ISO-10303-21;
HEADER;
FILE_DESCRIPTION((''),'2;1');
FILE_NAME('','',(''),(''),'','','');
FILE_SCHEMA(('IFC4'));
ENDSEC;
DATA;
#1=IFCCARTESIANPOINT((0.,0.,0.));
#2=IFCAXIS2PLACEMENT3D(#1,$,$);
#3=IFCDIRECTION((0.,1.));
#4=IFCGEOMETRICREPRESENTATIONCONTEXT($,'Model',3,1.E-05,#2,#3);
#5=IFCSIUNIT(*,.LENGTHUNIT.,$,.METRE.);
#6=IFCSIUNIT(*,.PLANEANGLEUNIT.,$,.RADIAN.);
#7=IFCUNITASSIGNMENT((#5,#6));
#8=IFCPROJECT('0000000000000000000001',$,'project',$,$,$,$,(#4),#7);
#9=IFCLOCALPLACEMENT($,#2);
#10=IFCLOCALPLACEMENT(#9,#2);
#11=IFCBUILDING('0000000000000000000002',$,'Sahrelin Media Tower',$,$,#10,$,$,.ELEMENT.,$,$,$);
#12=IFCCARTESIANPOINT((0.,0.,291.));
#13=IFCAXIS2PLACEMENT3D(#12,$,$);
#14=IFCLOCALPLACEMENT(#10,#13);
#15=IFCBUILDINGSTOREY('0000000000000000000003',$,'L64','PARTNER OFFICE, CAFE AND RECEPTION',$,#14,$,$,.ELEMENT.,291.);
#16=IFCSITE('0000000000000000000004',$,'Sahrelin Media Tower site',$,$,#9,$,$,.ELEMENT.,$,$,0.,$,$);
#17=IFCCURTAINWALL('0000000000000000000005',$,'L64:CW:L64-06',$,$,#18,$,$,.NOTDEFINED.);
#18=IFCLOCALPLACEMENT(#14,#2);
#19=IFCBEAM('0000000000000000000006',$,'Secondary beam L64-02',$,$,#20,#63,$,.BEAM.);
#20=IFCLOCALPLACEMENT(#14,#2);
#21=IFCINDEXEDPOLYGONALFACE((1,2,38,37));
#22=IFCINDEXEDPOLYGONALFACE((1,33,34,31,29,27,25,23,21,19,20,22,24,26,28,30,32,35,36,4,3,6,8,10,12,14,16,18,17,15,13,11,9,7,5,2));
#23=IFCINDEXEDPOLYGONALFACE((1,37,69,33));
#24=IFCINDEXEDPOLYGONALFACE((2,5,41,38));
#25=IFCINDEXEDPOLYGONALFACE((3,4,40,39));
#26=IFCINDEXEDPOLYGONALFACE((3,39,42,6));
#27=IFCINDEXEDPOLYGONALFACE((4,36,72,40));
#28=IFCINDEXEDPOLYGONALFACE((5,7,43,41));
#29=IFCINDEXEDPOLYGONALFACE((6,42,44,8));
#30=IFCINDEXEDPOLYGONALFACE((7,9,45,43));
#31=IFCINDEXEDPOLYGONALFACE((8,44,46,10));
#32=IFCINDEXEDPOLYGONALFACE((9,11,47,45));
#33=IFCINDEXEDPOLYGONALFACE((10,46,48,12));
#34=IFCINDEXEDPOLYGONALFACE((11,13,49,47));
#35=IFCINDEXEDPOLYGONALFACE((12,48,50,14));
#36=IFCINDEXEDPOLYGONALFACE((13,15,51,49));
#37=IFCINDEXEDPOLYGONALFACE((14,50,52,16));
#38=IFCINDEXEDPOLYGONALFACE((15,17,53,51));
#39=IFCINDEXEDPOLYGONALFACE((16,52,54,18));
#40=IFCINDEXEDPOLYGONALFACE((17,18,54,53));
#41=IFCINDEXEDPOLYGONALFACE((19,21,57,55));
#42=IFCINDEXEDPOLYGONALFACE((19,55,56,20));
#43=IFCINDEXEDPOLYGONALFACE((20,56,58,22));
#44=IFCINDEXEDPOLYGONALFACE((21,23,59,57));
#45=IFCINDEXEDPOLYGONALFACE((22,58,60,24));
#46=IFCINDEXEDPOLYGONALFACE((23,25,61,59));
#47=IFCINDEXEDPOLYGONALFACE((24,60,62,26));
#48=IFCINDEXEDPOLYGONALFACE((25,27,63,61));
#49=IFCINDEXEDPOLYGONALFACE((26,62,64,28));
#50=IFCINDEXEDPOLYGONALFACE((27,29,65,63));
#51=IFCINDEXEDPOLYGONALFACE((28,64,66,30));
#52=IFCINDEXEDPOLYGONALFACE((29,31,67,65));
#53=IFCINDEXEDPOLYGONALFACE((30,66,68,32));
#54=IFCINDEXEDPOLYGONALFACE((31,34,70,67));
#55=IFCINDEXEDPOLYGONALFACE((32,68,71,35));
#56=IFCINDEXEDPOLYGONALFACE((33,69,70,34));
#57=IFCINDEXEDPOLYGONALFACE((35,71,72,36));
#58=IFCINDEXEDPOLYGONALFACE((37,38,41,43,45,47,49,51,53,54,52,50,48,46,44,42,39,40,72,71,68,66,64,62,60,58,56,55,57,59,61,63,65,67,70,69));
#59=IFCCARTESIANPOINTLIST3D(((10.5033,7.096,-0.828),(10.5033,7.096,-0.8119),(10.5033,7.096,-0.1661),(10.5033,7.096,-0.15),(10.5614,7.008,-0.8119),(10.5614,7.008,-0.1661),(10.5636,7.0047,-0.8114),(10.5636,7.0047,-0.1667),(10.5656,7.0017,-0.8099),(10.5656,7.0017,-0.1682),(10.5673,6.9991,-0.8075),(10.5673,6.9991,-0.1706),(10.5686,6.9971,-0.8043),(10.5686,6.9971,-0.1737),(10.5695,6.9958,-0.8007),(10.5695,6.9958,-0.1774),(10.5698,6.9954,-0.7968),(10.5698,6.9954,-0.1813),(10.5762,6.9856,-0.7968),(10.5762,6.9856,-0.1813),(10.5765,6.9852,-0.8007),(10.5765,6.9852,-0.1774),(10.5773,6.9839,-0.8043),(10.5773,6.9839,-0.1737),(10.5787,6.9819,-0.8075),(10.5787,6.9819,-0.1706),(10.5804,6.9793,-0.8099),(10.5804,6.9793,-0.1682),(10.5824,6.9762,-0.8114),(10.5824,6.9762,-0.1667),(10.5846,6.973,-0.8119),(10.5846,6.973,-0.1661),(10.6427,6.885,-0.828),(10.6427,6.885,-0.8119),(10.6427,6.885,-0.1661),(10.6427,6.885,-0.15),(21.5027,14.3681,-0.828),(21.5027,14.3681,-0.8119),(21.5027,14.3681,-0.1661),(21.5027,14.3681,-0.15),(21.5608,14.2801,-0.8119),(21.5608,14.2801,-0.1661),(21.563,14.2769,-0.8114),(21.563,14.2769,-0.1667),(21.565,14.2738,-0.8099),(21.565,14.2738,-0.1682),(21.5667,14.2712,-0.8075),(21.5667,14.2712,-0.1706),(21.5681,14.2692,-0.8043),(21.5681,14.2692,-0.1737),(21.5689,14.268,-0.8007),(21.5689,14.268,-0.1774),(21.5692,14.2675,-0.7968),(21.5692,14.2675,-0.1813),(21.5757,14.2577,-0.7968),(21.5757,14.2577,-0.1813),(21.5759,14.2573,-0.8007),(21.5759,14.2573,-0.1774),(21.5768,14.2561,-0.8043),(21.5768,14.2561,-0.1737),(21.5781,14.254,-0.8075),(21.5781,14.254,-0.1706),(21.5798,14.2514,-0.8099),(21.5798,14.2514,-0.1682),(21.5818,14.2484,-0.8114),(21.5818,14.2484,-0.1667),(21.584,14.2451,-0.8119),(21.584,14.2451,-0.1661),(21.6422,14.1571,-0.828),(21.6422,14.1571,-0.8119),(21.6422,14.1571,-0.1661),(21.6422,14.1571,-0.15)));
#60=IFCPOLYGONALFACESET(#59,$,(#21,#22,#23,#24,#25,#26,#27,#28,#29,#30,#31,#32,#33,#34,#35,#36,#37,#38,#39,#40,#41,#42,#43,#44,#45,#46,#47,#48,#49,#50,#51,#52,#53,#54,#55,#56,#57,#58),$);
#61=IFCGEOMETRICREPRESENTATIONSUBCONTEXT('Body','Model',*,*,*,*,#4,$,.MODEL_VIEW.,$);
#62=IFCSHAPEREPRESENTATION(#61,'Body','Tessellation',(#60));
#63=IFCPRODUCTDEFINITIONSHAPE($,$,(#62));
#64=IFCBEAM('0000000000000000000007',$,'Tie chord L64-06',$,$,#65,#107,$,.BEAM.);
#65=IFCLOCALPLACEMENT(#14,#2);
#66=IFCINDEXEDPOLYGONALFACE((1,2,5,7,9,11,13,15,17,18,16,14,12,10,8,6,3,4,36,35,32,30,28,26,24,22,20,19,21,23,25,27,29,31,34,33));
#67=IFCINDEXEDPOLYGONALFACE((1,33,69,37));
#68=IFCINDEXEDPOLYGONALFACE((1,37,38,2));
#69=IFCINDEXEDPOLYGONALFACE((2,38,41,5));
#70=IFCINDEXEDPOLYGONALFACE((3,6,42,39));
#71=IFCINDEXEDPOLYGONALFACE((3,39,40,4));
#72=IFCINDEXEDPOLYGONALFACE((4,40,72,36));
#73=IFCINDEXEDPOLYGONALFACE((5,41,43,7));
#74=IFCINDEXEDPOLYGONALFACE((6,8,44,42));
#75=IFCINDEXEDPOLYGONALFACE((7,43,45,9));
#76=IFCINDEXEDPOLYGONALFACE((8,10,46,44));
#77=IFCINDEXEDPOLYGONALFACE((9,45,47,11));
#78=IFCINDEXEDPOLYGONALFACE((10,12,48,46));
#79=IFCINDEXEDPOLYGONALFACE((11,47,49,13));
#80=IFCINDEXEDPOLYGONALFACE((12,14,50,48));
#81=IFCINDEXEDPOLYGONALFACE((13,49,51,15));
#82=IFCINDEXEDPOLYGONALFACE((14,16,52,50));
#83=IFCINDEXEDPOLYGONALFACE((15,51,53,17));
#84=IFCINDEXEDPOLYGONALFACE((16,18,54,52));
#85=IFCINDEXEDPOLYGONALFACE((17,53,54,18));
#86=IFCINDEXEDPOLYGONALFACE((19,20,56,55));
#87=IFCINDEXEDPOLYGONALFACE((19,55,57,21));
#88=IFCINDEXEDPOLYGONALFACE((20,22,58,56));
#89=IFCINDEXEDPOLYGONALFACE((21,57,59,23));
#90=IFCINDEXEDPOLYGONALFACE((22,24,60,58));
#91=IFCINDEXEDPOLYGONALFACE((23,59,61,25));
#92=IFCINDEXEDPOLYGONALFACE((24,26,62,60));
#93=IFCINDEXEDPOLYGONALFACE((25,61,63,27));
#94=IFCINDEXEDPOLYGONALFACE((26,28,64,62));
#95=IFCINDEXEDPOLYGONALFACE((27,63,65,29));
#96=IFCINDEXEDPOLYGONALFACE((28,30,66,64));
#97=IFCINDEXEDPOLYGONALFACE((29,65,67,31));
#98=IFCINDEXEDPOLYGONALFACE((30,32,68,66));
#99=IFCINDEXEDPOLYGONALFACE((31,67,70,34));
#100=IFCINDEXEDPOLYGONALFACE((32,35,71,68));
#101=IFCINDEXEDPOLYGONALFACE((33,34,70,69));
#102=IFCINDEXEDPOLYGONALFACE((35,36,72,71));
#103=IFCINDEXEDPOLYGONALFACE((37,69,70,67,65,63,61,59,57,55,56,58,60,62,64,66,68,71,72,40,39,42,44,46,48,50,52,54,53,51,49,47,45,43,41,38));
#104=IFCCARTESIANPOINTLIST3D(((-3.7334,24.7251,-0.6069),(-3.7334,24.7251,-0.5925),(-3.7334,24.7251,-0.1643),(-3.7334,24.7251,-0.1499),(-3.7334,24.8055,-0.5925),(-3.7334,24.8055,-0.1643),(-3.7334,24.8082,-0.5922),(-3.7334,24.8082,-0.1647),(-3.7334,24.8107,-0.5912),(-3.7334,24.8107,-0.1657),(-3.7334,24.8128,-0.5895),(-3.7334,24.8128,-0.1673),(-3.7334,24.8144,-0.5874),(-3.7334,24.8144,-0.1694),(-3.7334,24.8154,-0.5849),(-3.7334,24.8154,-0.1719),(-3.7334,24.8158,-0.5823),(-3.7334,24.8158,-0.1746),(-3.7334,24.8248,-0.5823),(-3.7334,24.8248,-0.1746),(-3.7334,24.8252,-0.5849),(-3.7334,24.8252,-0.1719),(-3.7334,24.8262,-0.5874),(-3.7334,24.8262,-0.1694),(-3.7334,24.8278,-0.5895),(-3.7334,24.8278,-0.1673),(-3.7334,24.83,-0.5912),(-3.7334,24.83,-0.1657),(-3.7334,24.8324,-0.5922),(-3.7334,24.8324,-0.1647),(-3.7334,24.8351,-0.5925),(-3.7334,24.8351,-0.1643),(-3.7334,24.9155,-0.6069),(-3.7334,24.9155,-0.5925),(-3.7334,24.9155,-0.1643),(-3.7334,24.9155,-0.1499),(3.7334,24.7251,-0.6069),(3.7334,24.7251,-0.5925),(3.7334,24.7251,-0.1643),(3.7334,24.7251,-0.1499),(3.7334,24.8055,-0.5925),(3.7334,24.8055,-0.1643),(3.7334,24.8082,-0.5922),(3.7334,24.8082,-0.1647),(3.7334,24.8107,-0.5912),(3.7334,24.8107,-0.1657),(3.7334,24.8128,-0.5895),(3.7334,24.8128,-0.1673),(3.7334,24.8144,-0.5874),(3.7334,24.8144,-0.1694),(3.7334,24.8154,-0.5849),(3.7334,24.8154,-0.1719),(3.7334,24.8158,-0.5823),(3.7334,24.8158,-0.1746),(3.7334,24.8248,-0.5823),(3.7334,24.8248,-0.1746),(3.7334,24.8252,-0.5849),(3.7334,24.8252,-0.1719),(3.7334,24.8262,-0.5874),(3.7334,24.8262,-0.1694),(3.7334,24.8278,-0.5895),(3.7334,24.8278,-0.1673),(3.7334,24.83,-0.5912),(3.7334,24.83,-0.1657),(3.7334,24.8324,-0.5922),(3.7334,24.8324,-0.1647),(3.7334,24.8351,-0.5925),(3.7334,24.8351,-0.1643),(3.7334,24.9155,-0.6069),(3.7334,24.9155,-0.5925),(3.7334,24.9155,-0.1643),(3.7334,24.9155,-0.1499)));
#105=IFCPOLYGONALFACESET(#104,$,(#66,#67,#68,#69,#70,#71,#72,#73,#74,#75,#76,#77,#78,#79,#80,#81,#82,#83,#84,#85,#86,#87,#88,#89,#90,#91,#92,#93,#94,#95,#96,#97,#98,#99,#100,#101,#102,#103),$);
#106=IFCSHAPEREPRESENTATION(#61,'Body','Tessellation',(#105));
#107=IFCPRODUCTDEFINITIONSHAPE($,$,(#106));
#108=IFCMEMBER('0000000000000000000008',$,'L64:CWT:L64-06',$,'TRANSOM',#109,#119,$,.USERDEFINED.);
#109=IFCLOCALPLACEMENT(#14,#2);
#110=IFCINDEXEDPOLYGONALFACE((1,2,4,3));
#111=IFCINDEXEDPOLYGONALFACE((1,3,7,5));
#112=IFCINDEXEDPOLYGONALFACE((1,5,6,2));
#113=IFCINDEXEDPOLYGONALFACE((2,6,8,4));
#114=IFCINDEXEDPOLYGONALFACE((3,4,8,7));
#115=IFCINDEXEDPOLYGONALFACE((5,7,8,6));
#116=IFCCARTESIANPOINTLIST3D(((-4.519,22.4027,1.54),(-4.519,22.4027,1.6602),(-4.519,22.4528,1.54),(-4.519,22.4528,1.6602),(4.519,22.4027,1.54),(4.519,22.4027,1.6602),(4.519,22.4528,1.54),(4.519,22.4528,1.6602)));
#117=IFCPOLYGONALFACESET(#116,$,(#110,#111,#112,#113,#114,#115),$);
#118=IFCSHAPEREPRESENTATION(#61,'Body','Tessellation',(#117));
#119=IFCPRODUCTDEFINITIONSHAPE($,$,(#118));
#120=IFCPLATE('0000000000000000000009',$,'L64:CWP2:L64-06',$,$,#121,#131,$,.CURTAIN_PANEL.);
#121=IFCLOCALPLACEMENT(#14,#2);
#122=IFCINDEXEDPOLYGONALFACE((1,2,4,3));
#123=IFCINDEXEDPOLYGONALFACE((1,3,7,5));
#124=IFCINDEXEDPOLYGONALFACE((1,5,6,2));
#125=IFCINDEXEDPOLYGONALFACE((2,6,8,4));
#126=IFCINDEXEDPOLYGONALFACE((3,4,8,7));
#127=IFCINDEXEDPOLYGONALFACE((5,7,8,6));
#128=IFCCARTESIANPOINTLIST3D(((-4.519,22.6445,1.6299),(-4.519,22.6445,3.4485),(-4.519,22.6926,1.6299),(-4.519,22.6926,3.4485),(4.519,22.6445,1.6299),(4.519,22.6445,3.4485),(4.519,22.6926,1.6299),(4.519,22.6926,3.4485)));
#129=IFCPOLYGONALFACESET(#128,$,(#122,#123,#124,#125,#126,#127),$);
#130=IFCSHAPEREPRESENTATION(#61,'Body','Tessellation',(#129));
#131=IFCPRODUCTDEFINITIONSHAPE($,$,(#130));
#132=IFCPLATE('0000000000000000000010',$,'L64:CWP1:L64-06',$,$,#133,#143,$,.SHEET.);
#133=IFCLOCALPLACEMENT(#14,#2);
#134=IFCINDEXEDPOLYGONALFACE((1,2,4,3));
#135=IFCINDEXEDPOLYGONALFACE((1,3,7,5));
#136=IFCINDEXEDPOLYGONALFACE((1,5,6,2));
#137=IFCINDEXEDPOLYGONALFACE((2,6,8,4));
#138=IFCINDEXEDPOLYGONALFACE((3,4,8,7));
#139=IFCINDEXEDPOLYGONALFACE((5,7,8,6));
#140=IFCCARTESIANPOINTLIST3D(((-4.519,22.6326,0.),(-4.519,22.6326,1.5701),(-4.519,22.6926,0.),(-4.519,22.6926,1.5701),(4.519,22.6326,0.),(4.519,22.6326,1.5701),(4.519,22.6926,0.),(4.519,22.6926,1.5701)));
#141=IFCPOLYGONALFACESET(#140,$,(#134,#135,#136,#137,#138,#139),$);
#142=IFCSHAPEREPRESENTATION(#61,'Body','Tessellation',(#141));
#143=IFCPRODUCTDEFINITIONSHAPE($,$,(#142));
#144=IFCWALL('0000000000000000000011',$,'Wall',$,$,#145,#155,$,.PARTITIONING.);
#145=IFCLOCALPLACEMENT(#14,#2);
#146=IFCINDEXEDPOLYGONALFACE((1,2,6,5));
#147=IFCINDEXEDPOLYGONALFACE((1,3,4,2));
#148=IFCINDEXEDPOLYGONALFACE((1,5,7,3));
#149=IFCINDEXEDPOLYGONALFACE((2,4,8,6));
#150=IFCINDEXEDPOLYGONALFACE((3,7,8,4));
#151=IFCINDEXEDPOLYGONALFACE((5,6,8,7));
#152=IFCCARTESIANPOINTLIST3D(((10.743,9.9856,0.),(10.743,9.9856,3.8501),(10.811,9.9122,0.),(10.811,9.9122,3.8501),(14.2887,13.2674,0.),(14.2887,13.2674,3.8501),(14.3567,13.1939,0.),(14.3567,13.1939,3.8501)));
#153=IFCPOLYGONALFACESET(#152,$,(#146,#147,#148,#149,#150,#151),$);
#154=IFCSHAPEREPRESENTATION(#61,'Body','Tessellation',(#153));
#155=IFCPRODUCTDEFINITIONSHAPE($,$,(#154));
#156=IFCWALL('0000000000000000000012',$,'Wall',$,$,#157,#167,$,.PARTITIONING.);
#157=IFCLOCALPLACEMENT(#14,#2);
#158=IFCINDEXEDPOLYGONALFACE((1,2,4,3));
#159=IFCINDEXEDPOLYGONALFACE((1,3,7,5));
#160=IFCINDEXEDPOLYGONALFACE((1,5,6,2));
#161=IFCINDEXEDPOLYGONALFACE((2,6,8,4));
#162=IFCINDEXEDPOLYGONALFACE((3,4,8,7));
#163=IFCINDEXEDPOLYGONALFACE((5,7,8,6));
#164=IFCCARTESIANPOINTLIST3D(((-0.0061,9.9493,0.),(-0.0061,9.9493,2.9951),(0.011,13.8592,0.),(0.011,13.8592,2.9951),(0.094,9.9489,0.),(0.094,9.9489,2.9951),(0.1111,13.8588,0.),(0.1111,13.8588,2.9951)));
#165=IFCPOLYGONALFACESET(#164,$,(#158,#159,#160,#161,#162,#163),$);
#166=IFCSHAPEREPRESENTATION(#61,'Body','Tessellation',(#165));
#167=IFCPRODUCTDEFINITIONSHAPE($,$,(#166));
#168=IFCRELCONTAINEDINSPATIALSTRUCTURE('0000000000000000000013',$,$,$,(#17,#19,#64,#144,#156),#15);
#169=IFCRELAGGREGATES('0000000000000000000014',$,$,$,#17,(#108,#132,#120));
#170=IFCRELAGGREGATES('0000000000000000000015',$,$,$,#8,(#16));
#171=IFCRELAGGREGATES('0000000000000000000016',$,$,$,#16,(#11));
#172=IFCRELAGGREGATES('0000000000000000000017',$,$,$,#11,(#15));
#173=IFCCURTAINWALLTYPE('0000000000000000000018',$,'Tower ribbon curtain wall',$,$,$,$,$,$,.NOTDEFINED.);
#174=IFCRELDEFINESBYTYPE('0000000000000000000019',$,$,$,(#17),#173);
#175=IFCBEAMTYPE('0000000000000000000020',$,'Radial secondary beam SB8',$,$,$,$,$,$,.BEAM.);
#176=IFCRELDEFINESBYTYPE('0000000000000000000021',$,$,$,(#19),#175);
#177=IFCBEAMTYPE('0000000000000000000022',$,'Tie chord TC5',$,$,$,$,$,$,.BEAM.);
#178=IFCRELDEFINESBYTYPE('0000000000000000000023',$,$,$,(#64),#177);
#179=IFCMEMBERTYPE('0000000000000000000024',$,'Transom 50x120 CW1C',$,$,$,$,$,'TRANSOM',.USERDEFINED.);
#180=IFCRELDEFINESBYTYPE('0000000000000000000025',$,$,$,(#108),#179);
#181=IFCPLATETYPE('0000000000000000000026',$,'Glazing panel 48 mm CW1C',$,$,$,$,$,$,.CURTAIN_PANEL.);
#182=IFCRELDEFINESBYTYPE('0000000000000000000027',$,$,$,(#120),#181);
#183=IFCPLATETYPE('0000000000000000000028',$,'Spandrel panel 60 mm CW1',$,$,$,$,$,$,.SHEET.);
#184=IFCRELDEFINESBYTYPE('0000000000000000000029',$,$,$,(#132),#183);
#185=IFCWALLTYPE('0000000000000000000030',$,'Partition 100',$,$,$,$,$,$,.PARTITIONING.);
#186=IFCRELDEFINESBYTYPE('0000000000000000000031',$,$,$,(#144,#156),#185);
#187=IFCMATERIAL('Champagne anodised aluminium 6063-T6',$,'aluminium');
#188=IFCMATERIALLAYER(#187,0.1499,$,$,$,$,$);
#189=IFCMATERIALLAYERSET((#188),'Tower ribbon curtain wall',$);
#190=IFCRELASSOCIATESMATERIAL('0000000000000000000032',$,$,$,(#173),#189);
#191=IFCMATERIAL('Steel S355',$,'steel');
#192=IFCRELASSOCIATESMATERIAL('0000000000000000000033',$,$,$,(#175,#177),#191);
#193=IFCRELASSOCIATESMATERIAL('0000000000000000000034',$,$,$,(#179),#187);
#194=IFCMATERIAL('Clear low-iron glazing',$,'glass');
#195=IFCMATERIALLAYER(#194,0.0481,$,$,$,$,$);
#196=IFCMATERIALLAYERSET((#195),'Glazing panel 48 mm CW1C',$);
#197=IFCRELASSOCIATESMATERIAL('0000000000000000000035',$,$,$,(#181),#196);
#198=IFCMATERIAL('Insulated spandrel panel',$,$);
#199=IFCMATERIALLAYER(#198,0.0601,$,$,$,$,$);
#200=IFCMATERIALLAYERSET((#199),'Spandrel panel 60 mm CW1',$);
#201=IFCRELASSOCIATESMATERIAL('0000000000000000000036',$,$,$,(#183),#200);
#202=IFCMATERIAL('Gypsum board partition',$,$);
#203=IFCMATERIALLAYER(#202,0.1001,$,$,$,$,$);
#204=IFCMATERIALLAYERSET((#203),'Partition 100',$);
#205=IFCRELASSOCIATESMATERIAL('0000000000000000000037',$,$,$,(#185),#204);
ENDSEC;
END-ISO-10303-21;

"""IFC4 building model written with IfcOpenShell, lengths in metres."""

from ifc_helpers import new_model, si_unit, direction, frame, frame_2d, origin, origin_2d, place, context, subcontext, project, spatial, polyline, rectangle, i_section, outline, extrude, material, layer, layer_set, material_profile, profile_set, type_object, element, aggregate, save


model = new_model("IFC4")

# Units and contexts
model_context = context("Model", 3, precision=1e-05, world=origin(), true_north=direction((0.0, 1.0)))
body_context = subcontext(model_context, "Body", "Model", "MODEL_VIEW")
ifc_project = project(units=[si_unit("LENGTHUNIT", "METRE"), si_unit("PLANEANGLEUNIT", "RADIAN")], contexts=[model_context])

# Site, building, storey
site_placement = place(None, origin())
site = spatial("IfcSite", under=ifc_project, at=site_placement, Name="Sahrelin Media Tower site", CompositionType="ELEMENT", RefElevation=0.0)
building_placement = place(site_placement, origin())
building = spatial("IfcBuilding", under=site, at=building_placement, Name="Sahrelin Media Tower", CompositionType="ELEMENT")
storey_placement = place(building_placement, frame((0.0, 0.0, 291.0)))
storey = spatial("IfcBuildingStorey", under=building, at=storey_placement, Name="L64", Description="PARTNER OFFICE, CAFE AND RECEPTION", CompositionType="ELEMENT", Elevation=291.0)

# Shared definitions
ifc_material_1 = material(Name="Steel S355", Category="steel")

# Curtain wall
ifc_material_2 = material(Name="Champagne anodised aluminium 6063-T6", Category="aluminium")
ifc_layer_1 = layer(ifc_material_2, 0.1499)
ifc_layer_set_1 = layer_set([ifc_layer_1], Name="Tower ribbon curtain wall")
curtain_wall_type = type_object("IfcCurtainWallType", Name="Tower ribbon curtain wall", PredefinedType="NOTDEFINED", material=ifc_layer_set_1)
placement_1 = place(storey_placement, frame((0.0, 22.6726, 0.0), z_axis=(0.0, 0.0, 1.0), x_axis=(1.0, 0.0, 0.0)))
curtain_wall_1 = element("IfcCurtainWall", 1, at=placement_1, inside=storey, type_object=curtain_wall_type, Name="L64:CW:L64-06", PredefinedType="NOTDEFINED")

# Beams
ifc_material_profile_1 = material_profile(ifc_material_1, i_section(OverallWidth=0.2529, OverallDepth=0.678, WebThickness=0.0117, FlangeThickness=0.0161, FilletRadius=0.0151, at=origin_2d()), Name="UB 686x254x125")
ifc_profile_set_1 = profile_set([ifc_material_profile_1], Name="Steel S355")
beam_type_1 = type_object("IfcBeamType", Name="Radial secondary beam SB8", PredefinedType="BEAM", material=ifc_profile_set_1)
beam_1_placement = place(storey_placement, frame((10.573, 6.9905, -0.489), z_axis=(0.834172, 0.551504, 0.0), x_axis=(-0.551504, 0.834172, 0.0)))
element("IfcBeam", 2, at=beam_1_placement, inside=storey, type_object=beam_type_1, Name="Secondary beam L64-02", PredefinedType="BEAM", context=body_context, shape_type="SweptSolid", body=[
    extrude(i_section(OverallWidth=0.2529, OverallDepth=0.678, WebThickness=0.0117, FlangeThickness=0.0161, FilletRadius=0.0151, at=origin_2d()), origin(), (0.0, 0.0, 1.0), 13.186),
])
ifc_material_profile_2 = material_profile(ifc_material_1, i_section(OverallWidth=0.1904, OverallDepth=0.457, WebThickness=0.009, FlangeThickness=0.0144, FilletRadius=0.0103, at=origin_2d()), Name="UB 457x191x74")
ifc_profile_set_2 = profile_set([ifc_material_profile_2], Name="Steel S355")
beam_type_2 = type_object("IfcBeamType", Name="Tie chord TC5", PredefinedType="BEAM", material=ifc_profile_set_2)
beam_2_placement = place(storey_placement, frame((3.7334, 24.8203, -0.3784), z_axis=(-1.0, 0.0, 0.0), x_axis=(0.0, -1.0, 0.0)))
element("IfcBeam", 3, at=beam_2_placement, inside=storey, type_object=beam_type_2, Name="Tie chord L64-06", PredefinedType="BEAM", context=body_context, shape_type="SweptSolid", body=[
    extrude(i_section(OverallWidth=0.1904, OverallDepth=0.457, WebThickness=0.009, FlangeThickness=0.0144, FilletRadius=0.0103, at=origin_2d()), origin(), (0.0, 0.0, 1.0), 7.4668),
])

# Member
ifc_material_profile_3 = material_profile(ifc_material_2, rectangle(XDim=0.05, YDim=0.1201, at=origin_2d()), Name="Transom 50x120")
ifc_profile_set_3 = profile_set([ifc_material_profile_3], Name="Champagne anodised aluminium 6063-T6")
member_type_1 = type_object("IfcMemberType", Name="Transom 50x120 CW1C", ElementType="TRANSOM", PredefinedType="USERDEFINED", material=ifc_profile_set_3)
member_1_placement = place(storey_placement, frame((4.519, 22.4277, 1.6001), z_axis=(-1.0, 0.0, 0.0), x_axis=(0.0, -1.0, 0.0)))
member_1 = element("IfcMember", 4, at=member_1_placement, type_object=member_type_1, Name="L64:CWT:L64-06", ObjectType="TRANSOM", PredefinedType="USERDEFINED", context=body_context, shape_type="SweptSolid", body=[
    extrude(rectangle(XDim=0.05, YDim=0.1201, at=origin_2d()), origin(), (0.0, 0.0, 1.0), 9.0381),
])

# Plates
ifc_material_3 = material(Name="Clear low-iron glazing", Category="glass")
ifc_layer_2 = layer(ifc_material_3, 0.0481)
ifc_layer_set_2 = layer_set([ifc_layer_2], Name="Glazing panel 48 mm CW1C")
plate_type_1 = type_object("IfcPlateType", Name="Glazing panel 48 mm CW1C", PredefinedType="CURTAIN_PANEL", material=ifc_layer_set_2)
plate_1_placement = place(storey_placement, frame((4.519, 22.6926, 1.6299), z_axis=(0.0, 1.0, 0.0), x_axis=(-1.0, 0.0, 0.0)))
plate_1 = element("IfcPlate", 5, at=plate_1_placement, type_object=plate_type_1, Name="L64:CWP2:L64-06", PredefinedType="CURTAIN_PANEL", context=body_context, shape_type="SweptSolid", body=[
    extrude(outline(polyline([(0.0, 0.0), (9.0381, 0.0), (9.0381, 1.8186), (0.0, 1.8186), (0.0, 0.0)])), origin(), (0.0, 0.0, -1.0), 0.0481),
])
ifc_material_4 = material(Name="Insulated spandrel panel")
ifc_layer_3 = layer(ifc_material_4, 0.0601)
ifc_layer_set_3 = layer_set([ifc_layer_3], Name="Spandrel panel 60 mm CW1")
plate_type_2 = type_object("IfcPlateType", Name="Spandrel panel 60 mm CW1", PredefinedType="SHEET", material=ifc_layer_set_3)
plate_2_placement = place(storey_placement, frame((4.519, 22.6926, 0.0), z_axis=(0.0, 1.0, 0.0), x_axis=(-1.0, 0.0, 0.0)))
plate_2 = element("IfcPlate", 6, at=plate_2_placement, type_object=plate_type_2, Name="L64:CWP1:L64-06", PredefinedType="SHEET", context=body_context, shape_type="SweptSolid", body=[
    extrude(outline(polyline([(0.0, 0.0), (9.0381, 0.0), (9.0381, 1.5701), (0.0, 1.5701), (0.0, 0.0)])), origin(), (0.0, 0.0, -1.0), 0.0601),
])
aggregate(curtain_wall_1, [member_1, plate_2, plate_1])

# Walls
ifc_material_5 = material(Name="Gypsum board partition")
ifc_layer_4 = layer(ifc_material_5, 0.1001)
ifc_layer_set_4 = layer_set([ifc_layer_4], Name="Partition 100")
wall_type = type_object("IfcWallType", Name="Partition 100", PredefinedType="PARTITIONING", material=ifc_layer_set_4)
wall_1_placement = place(storey_placement, frame((10.7771, 9.949, 0.0), z_axis=(0.0, 0.0, 1.0), x_axis=(0.733892, 0.679266, 0.0)))
element("IfcWall", 7, at=wall_1_placement, inside=storey, type_object=wall_type, Name="Wall", PredefinedType="PARTITIONING", context=body_context, shape_type="SweptSolid", body=[
    extrude(rectangle(XDim=4.8313, YDim=0.1001, at=frame_2d((2.4155, 0.0))), origin(), (0.0, 0.0, 1.0), 3.8501),
])
wall_2_placement = place(storey_placement, frame((0.0439, 9.949, 0.0), z_axis=(0.0, 0.0, 1.0), x_axis=(0.004371, 0.99999, 0.0)))
element("IfcWall", 8, at=wall_2_placement, inside=storey, type_object=wall_type, Name="Wall", PredefinedType="PARTITIONING", context=body_context, shape_type="SweptSolid", body=[
    extrude(rectangle(XDim=3.9099, YDim=0.1001, at=frame_2d((1.9551, 0.0))), origin(), (0.0, 0.0, 1.0), 2.9951),
])

save(model, "model.ifc")
